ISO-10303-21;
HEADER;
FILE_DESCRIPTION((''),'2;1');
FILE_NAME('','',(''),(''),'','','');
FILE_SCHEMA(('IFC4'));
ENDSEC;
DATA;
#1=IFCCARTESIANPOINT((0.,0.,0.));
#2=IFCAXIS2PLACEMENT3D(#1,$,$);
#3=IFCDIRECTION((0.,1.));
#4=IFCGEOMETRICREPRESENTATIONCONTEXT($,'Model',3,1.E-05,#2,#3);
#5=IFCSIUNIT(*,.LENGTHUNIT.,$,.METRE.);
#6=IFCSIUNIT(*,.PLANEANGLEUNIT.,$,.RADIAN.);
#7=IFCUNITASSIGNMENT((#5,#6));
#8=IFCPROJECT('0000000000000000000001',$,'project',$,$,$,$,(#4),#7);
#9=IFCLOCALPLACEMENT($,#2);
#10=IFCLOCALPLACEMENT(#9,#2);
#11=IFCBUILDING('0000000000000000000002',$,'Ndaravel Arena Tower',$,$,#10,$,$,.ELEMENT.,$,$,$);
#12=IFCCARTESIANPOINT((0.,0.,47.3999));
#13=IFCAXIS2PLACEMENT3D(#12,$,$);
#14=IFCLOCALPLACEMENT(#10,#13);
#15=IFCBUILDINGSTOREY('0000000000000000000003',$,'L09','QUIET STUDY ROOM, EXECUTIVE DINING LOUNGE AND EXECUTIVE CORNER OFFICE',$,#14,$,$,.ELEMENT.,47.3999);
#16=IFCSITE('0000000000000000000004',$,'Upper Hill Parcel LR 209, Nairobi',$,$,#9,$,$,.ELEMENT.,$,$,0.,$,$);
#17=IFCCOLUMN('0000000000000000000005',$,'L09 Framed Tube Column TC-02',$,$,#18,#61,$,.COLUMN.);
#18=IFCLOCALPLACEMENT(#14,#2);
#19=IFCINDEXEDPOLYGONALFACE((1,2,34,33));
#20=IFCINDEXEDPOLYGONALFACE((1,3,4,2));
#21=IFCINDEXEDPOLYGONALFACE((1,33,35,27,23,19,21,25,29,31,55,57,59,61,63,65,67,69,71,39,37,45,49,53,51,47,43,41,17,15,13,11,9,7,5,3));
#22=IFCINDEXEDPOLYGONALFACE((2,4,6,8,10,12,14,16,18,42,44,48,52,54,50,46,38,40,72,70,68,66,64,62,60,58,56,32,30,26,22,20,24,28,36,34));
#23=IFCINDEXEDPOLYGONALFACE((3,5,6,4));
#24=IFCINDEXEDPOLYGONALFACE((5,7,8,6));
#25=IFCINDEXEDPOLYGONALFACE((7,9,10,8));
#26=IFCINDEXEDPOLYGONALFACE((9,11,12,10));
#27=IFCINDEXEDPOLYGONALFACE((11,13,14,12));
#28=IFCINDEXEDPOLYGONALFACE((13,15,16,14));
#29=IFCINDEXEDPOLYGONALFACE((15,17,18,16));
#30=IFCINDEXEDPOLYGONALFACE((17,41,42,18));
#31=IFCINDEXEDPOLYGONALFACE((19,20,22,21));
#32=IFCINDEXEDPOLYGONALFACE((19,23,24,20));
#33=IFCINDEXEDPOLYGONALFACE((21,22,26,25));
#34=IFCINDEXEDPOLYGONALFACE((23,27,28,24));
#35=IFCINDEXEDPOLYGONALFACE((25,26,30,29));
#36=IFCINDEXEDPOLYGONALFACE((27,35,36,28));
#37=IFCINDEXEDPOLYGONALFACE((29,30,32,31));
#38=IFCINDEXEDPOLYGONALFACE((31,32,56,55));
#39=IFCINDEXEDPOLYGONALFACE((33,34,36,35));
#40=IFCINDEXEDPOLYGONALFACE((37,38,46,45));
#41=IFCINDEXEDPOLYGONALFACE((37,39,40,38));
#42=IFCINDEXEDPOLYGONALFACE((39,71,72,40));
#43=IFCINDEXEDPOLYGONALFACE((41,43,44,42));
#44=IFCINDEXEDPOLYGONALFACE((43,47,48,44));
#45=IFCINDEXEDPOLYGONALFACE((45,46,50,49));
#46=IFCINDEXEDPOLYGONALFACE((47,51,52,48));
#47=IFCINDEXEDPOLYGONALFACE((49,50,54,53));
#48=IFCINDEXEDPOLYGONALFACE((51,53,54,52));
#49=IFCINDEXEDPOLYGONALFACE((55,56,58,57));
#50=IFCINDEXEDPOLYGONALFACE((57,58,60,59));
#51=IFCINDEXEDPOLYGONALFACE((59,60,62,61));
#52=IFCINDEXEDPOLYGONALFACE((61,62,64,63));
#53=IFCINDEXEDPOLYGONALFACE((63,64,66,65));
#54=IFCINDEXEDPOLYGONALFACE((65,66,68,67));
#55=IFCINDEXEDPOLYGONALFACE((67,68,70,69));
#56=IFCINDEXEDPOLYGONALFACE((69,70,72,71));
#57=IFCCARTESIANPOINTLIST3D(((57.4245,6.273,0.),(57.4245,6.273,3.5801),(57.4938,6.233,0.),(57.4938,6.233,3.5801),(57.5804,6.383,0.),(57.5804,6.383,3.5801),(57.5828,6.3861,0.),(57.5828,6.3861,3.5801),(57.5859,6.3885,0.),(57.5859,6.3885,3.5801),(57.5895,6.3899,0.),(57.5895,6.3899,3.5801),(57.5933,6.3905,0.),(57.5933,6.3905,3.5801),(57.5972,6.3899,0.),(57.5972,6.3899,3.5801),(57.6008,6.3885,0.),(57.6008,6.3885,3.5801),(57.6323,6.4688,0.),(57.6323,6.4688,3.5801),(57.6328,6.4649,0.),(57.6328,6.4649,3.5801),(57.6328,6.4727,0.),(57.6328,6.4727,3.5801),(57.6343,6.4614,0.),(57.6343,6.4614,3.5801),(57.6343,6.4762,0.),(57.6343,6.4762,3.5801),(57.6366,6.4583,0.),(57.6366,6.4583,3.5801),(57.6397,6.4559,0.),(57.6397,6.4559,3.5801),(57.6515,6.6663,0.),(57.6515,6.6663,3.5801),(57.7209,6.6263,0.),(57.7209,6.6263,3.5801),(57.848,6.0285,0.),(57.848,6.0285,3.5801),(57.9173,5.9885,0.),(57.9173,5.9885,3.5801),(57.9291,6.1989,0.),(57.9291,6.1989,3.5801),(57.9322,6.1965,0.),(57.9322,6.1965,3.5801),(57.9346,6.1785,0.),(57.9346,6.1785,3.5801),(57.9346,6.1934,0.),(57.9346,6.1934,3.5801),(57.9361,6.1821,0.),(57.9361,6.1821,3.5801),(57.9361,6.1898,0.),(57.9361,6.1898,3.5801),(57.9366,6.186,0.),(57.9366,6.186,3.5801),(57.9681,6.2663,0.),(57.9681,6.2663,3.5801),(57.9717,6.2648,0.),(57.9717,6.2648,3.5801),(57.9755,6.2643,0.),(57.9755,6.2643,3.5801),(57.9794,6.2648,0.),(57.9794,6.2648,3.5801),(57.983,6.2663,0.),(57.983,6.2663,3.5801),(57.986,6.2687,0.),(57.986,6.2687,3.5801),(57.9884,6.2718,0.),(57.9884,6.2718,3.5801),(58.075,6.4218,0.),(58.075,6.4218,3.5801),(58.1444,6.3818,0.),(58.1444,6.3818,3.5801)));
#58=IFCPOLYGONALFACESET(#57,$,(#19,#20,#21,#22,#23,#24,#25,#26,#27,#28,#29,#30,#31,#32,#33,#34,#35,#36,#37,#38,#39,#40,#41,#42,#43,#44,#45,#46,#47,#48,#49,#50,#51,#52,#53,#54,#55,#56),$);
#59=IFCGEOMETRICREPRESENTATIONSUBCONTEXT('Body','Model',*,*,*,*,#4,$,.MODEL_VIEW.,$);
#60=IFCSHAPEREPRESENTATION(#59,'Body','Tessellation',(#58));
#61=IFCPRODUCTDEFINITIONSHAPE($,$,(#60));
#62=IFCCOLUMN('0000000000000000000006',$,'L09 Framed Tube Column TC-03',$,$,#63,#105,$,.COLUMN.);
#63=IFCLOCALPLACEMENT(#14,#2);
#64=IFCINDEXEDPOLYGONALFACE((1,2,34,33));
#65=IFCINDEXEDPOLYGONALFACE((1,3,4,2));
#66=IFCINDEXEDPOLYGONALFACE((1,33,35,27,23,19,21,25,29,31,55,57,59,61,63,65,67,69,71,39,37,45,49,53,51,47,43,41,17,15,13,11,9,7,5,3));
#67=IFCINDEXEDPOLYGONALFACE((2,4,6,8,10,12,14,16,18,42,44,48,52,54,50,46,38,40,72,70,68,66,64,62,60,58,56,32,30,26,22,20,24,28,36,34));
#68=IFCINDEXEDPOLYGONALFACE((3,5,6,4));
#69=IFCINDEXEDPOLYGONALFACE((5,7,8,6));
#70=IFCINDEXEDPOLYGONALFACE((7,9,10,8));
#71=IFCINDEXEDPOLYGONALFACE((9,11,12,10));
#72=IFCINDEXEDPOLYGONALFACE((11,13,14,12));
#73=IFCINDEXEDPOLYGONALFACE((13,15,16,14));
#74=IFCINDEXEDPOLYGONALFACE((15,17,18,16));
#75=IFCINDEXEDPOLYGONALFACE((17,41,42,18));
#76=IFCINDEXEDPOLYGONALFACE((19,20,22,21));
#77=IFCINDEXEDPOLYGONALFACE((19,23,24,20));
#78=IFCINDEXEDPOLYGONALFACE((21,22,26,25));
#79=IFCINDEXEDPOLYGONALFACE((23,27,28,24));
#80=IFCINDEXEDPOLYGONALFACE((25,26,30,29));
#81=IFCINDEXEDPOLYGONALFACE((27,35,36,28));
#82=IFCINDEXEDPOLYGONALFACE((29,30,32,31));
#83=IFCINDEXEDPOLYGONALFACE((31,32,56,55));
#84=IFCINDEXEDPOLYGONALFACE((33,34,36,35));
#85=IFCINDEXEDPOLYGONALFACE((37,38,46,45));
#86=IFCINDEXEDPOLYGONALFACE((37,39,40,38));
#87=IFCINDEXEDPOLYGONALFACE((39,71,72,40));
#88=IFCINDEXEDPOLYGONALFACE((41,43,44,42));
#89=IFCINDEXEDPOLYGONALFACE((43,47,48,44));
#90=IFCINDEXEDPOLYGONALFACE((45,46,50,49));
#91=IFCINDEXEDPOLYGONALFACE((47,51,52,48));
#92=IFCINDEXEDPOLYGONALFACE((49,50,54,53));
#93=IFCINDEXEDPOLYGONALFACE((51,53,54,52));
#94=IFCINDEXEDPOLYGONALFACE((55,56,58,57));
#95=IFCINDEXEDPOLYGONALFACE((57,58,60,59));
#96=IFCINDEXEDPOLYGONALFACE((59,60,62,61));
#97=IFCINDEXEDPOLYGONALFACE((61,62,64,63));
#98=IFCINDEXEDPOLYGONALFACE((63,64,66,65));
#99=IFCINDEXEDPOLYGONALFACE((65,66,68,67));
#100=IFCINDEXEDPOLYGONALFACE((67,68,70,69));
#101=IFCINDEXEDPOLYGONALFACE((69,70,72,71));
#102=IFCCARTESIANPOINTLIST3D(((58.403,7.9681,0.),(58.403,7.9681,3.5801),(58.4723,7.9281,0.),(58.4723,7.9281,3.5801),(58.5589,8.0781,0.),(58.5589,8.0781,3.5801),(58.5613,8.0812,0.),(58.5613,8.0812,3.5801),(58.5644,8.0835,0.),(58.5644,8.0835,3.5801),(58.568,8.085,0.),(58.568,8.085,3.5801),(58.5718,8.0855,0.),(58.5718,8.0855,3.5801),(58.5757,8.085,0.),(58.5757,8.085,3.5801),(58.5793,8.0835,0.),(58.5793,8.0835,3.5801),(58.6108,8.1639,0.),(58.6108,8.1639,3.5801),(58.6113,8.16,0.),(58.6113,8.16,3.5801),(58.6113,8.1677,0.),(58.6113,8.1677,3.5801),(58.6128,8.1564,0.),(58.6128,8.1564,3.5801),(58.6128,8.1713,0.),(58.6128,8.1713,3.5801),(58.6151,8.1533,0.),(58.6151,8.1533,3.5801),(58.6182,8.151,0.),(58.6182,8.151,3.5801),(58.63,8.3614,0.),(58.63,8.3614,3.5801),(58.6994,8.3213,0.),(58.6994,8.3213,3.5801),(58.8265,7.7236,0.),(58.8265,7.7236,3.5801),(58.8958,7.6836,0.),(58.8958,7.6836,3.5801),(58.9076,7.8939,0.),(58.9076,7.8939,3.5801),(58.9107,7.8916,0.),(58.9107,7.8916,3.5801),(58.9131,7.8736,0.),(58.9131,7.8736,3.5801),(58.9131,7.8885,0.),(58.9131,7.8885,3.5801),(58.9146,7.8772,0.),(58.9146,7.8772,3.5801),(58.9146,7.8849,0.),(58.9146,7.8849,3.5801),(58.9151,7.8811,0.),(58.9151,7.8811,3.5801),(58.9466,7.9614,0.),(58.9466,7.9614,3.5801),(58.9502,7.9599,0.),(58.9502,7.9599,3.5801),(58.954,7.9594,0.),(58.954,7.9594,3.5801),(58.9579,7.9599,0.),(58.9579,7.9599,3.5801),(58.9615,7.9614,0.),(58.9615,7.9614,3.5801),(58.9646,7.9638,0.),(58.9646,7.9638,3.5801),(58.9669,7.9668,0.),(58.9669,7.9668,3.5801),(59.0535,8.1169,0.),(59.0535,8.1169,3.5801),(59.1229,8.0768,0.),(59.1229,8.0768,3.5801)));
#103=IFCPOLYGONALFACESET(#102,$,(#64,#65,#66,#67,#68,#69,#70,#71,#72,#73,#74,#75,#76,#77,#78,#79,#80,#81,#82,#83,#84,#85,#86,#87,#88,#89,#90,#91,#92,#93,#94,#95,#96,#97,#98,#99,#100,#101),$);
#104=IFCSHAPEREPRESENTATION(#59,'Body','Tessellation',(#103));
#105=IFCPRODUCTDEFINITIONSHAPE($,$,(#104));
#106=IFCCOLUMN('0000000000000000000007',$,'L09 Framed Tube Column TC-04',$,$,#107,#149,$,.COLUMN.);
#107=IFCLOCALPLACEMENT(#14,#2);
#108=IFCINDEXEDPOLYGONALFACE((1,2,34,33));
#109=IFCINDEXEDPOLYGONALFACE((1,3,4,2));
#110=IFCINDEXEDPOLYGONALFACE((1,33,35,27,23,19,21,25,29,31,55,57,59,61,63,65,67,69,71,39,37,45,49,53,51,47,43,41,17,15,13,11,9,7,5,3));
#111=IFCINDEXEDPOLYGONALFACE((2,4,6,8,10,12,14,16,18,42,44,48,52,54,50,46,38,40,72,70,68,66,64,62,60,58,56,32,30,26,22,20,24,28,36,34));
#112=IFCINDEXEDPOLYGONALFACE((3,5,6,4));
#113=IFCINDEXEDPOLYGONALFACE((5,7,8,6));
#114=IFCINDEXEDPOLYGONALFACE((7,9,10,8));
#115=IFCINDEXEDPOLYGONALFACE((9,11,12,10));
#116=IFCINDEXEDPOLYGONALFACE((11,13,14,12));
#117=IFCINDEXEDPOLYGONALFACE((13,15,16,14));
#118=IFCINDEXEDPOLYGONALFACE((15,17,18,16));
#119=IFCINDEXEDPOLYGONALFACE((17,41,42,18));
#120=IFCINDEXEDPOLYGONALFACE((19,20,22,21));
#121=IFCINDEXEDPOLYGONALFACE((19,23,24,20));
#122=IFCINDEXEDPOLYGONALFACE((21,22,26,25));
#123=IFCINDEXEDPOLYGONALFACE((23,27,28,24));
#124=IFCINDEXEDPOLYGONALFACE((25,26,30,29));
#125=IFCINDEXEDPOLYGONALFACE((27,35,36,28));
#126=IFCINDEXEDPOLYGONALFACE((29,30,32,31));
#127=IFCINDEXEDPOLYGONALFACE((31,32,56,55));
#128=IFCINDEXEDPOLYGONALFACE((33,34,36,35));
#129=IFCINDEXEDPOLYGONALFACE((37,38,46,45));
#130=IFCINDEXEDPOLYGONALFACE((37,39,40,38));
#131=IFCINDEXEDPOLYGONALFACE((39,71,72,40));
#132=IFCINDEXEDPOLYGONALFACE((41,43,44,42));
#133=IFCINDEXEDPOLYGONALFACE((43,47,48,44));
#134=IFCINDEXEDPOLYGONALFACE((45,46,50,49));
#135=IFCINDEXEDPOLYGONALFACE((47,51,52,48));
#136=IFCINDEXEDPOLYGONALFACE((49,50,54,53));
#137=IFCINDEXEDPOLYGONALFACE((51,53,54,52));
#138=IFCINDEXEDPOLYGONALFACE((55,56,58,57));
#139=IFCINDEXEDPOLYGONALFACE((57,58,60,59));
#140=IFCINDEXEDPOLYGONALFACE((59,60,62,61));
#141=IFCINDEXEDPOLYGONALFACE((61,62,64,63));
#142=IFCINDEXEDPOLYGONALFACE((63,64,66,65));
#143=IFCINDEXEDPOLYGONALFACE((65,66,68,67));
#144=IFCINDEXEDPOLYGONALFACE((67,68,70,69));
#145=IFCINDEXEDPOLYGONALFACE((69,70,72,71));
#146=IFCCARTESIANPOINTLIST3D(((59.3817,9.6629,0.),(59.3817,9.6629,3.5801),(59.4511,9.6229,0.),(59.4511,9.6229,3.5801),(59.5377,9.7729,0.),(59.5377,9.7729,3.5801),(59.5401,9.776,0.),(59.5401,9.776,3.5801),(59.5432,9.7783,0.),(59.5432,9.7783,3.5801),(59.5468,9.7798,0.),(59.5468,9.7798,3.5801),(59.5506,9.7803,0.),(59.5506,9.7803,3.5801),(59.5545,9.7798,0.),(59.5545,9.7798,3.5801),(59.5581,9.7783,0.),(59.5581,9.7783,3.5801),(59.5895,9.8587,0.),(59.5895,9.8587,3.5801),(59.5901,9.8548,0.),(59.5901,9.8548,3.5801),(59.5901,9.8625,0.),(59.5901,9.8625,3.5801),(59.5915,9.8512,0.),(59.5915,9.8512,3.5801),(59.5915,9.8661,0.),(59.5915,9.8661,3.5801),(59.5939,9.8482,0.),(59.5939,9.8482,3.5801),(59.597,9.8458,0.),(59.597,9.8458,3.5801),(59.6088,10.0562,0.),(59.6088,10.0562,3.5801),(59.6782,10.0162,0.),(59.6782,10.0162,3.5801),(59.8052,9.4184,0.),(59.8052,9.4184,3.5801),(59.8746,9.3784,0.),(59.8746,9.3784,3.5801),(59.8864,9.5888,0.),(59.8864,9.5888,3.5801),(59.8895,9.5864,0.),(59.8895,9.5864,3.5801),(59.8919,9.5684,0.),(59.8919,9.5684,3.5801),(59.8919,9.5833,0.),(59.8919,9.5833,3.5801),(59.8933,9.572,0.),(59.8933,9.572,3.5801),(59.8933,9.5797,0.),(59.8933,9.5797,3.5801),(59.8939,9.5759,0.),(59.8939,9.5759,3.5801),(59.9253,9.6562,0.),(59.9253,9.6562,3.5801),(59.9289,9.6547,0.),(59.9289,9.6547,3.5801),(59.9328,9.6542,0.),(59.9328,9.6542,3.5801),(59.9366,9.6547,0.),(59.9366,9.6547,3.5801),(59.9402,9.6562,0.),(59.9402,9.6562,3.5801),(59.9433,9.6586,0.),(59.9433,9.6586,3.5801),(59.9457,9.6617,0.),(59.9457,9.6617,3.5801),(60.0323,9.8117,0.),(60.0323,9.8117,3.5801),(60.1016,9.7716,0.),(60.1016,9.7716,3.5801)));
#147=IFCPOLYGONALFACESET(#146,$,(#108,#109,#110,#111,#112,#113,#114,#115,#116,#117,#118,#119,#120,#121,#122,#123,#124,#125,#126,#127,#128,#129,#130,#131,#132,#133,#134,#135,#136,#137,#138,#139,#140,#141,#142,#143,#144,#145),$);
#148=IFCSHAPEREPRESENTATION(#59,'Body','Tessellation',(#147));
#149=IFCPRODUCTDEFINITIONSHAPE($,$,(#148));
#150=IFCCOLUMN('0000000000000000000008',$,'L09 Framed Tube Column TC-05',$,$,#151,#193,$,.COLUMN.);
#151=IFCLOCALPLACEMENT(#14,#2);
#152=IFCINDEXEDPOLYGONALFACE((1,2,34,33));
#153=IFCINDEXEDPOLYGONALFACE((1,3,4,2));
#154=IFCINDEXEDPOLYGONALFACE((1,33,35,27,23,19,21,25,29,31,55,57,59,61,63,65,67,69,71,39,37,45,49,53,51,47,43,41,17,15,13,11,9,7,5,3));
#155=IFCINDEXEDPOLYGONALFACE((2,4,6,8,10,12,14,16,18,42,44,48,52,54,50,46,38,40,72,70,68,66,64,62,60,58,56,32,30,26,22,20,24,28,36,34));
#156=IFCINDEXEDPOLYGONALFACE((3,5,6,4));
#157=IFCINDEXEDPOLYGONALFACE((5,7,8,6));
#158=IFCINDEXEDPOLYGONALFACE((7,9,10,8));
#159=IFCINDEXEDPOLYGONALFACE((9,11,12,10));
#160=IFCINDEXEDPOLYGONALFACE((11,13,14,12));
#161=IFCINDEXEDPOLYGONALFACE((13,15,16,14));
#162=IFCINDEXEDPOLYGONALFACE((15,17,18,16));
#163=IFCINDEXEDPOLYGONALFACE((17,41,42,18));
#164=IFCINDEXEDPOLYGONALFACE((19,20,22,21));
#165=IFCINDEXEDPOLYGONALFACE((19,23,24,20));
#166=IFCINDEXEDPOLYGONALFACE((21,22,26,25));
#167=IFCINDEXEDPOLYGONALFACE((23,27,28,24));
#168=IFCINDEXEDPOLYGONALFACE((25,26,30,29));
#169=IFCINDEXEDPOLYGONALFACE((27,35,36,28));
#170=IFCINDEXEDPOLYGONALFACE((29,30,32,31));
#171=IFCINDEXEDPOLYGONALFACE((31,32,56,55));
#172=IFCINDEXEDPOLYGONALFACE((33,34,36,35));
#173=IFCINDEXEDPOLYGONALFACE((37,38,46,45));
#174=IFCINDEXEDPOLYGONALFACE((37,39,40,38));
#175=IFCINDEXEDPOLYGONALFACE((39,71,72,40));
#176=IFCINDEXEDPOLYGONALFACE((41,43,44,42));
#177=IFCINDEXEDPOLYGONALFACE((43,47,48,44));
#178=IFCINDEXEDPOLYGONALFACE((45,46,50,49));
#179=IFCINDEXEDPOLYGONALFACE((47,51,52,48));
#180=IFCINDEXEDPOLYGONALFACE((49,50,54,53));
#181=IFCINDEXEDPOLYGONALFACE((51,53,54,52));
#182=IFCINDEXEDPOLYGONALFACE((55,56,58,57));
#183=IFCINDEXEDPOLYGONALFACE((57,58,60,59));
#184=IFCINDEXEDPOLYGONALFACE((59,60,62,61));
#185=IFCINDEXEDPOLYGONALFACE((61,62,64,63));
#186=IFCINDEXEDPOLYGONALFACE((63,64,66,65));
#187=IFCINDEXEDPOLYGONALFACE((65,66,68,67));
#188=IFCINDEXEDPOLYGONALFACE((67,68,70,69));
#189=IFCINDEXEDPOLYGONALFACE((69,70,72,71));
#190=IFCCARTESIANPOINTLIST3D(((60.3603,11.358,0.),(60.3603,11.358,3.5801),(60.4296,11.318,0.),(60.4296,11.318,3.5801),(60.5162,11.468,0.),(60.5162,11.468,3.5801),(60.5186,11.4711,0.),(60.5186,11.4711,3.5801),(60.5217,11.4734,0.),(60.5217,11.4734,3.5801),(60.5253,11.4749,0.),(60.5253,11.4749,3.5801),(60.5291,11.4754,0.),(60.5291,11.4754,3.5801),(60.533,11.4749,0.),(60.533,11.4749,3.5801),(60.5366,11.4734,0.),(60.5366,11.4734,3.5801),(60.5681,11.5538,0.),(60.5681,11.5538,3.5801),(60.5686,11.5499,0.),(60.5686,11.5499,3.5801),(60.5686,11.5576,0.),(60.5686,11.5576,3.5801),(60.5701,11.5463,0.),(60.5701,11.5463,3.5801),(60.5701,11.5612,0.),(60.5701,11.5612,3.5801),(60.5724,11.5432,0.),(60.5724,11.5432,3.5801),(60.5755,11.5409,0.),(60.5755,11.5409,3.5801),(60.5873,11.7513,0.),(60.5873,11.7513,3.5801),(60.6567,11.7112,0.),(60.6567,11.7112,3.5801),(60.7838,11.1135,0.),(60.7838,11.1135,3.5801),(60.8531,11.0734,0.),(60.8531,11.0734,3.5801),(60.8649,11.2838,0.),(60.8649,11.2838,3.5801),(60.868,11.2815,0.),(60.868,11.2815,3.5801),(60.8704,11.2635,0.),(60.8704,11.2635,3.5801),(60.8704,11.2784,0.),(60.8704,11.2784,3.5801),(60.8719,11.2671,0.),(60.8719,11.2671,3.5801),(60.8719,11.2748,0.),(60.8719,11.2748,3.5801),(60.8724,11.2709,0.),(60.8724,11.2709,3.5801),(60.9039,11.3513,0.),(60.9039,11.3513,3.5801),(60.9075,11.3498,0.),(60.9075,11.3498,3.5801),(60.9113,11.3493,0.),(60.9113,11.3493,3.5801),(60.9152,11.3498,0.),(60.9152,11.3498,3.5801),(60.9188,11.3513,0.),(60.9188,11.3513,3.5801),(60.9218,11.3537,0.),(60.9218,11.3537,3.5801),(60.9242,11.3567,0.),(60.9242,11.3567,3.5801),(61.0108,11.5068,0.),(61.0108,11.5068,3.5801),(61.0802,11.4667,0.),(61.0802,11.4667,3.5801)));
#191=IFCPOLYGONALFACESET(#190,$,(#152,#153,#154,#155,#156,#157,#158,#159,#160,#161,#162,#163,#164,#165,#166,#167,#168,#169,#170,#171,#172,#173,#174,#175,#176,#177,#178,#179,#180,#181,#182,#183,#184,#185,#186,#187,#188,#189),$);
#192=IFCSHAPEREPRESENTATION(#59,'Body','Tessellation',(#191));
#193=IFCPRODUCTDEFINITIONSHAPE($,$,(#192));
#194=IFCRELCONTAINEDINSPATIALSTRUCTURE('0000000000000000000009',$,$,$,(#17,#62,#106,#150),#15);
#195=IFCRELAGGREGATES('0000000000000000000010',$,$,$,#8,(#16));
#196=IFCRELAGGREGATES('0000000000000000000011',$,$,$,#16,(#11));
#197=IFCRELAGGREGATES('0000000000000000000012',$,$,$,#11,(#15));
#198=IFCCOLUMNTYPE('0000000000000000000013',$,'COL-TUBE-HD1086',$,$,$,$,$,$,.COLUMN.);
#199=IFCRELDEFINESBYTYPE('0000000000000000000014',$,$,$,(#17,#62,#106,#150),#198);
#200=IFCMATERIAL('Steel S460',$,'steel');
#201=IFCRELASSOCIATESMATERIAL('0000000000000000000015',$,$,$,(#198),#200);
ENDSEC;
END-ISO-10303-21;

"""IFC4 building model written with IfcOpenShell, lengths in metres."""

from ifc_helpers import new_model, si_unit, direction, frame, origin, origin_2d, place, context, subcontext, project, spatial, i_section, extrude, material, material_profile, profile_set, type_object, element, save


model = new_model("IFC4")

# Units and contexts
model_context = context("Model", 3, precision=1e-05, world=origin(), true_north=direction((0.0, 1.0)))
body_context = subcontext(model_context, "Body", "Model", "MODEL_VIEW")
ifc_project = project(units=[si_unit("LENGTHUNIT", "METRE"), si_unit("PLANEANGLEUNIT", "RADIAN")], contexts=[model_context])

# Site, building, storey
site_placement = place(None, origin())
site = spatial("IfcSite", under=ifc_project, at=site_placement, Name="Upper Hill Parcel LR 209, Nairobi", CompositionType="ELEMENT", RefElevation=0.0)
building_placement = place(site_placement, origin())
building = spatial("IfcBuilding", under=site, at=building_placement, Name="Ndaravel Arena Tower", CompositionType="ELEMENT")
storey_placement = place(building_placement, frame((0.0, 0.0, 47.3999)))
storey = spatial("IfcBuildingStorey", under=building, at=storey_placement, Name="L09", Description="QUIET STUDY ROOM, EXECUTIVE DINING LOUNGE AND EXECUTIVE CORNER OFFICE", CompositionType="ELEMENT", Elevation=47.3999)

# Columns
ifc_material_1 = material(Name="Steel S460", Category="steel")
ifc_material_profile_1 = material_profile(ifc_material_1, i_section(OverallWidth=0.4541, OverallDepth=0.5691, WebThickness=0.0779, FlangeThickness=0.0801, FilletRadius=0.0149, at=origin_2d()), Name="HD 400x1086")
ifc_profile_set_1 = profile_set([ifc_material_profile_1], Name="Steel S460")
column_type = type_object("IfcColumnType", Name="COL-TUBE-HD1086", PredefinedType="COLUMN", material=ifc_profile_set_1)
for number, where, z_axis, x_axis, name in (
    (1, (57.7844, 6.3274, 0.0), (0.0, 0.0, 1.0), (0.5, 0.866025, 0.0), "L09 Framed Tube Column TC-02"),
    (2, (58.7629, 8.0225, 0.0), (0.0, 0.0, 1.0), (0.5, 0.866025, 0.0), "L09 Framed Tube Column TC-03"),
    (3, (59.7417, 9.7173, 0.0), (0.0, 0.0, 1.0), (0.5, 0.866025, 0.0), "L09 Framed Tube Column TC-04"),
    (4, (60.7202, 11.4124, 0.0), (0.0, 0.0, 1.0), (0.5, 0.866025, 0.0), "L09 Framed Tube Column TC-05"),
):
    element("IfcColumn", number, at=place(storey_placement, frame(where, z_axis=z_axis, x_axis=x_axis)), inside=storey, type_object=column_type, Name=name, PredefinedType="COLUMN", context=body_context, shape_type="SweptSolid", body=[
        extrude(i_section(OverallWidth=0.4541, OverallDepth=0.5691, WebThickness=0.0779, FlangeThickness=0.0801, FilletRadius=0.0149, at=origin_2d()), origin(), (0.0, 0.0, 1.0), 3.5801),
    ])

save(model, "model.ifc")
